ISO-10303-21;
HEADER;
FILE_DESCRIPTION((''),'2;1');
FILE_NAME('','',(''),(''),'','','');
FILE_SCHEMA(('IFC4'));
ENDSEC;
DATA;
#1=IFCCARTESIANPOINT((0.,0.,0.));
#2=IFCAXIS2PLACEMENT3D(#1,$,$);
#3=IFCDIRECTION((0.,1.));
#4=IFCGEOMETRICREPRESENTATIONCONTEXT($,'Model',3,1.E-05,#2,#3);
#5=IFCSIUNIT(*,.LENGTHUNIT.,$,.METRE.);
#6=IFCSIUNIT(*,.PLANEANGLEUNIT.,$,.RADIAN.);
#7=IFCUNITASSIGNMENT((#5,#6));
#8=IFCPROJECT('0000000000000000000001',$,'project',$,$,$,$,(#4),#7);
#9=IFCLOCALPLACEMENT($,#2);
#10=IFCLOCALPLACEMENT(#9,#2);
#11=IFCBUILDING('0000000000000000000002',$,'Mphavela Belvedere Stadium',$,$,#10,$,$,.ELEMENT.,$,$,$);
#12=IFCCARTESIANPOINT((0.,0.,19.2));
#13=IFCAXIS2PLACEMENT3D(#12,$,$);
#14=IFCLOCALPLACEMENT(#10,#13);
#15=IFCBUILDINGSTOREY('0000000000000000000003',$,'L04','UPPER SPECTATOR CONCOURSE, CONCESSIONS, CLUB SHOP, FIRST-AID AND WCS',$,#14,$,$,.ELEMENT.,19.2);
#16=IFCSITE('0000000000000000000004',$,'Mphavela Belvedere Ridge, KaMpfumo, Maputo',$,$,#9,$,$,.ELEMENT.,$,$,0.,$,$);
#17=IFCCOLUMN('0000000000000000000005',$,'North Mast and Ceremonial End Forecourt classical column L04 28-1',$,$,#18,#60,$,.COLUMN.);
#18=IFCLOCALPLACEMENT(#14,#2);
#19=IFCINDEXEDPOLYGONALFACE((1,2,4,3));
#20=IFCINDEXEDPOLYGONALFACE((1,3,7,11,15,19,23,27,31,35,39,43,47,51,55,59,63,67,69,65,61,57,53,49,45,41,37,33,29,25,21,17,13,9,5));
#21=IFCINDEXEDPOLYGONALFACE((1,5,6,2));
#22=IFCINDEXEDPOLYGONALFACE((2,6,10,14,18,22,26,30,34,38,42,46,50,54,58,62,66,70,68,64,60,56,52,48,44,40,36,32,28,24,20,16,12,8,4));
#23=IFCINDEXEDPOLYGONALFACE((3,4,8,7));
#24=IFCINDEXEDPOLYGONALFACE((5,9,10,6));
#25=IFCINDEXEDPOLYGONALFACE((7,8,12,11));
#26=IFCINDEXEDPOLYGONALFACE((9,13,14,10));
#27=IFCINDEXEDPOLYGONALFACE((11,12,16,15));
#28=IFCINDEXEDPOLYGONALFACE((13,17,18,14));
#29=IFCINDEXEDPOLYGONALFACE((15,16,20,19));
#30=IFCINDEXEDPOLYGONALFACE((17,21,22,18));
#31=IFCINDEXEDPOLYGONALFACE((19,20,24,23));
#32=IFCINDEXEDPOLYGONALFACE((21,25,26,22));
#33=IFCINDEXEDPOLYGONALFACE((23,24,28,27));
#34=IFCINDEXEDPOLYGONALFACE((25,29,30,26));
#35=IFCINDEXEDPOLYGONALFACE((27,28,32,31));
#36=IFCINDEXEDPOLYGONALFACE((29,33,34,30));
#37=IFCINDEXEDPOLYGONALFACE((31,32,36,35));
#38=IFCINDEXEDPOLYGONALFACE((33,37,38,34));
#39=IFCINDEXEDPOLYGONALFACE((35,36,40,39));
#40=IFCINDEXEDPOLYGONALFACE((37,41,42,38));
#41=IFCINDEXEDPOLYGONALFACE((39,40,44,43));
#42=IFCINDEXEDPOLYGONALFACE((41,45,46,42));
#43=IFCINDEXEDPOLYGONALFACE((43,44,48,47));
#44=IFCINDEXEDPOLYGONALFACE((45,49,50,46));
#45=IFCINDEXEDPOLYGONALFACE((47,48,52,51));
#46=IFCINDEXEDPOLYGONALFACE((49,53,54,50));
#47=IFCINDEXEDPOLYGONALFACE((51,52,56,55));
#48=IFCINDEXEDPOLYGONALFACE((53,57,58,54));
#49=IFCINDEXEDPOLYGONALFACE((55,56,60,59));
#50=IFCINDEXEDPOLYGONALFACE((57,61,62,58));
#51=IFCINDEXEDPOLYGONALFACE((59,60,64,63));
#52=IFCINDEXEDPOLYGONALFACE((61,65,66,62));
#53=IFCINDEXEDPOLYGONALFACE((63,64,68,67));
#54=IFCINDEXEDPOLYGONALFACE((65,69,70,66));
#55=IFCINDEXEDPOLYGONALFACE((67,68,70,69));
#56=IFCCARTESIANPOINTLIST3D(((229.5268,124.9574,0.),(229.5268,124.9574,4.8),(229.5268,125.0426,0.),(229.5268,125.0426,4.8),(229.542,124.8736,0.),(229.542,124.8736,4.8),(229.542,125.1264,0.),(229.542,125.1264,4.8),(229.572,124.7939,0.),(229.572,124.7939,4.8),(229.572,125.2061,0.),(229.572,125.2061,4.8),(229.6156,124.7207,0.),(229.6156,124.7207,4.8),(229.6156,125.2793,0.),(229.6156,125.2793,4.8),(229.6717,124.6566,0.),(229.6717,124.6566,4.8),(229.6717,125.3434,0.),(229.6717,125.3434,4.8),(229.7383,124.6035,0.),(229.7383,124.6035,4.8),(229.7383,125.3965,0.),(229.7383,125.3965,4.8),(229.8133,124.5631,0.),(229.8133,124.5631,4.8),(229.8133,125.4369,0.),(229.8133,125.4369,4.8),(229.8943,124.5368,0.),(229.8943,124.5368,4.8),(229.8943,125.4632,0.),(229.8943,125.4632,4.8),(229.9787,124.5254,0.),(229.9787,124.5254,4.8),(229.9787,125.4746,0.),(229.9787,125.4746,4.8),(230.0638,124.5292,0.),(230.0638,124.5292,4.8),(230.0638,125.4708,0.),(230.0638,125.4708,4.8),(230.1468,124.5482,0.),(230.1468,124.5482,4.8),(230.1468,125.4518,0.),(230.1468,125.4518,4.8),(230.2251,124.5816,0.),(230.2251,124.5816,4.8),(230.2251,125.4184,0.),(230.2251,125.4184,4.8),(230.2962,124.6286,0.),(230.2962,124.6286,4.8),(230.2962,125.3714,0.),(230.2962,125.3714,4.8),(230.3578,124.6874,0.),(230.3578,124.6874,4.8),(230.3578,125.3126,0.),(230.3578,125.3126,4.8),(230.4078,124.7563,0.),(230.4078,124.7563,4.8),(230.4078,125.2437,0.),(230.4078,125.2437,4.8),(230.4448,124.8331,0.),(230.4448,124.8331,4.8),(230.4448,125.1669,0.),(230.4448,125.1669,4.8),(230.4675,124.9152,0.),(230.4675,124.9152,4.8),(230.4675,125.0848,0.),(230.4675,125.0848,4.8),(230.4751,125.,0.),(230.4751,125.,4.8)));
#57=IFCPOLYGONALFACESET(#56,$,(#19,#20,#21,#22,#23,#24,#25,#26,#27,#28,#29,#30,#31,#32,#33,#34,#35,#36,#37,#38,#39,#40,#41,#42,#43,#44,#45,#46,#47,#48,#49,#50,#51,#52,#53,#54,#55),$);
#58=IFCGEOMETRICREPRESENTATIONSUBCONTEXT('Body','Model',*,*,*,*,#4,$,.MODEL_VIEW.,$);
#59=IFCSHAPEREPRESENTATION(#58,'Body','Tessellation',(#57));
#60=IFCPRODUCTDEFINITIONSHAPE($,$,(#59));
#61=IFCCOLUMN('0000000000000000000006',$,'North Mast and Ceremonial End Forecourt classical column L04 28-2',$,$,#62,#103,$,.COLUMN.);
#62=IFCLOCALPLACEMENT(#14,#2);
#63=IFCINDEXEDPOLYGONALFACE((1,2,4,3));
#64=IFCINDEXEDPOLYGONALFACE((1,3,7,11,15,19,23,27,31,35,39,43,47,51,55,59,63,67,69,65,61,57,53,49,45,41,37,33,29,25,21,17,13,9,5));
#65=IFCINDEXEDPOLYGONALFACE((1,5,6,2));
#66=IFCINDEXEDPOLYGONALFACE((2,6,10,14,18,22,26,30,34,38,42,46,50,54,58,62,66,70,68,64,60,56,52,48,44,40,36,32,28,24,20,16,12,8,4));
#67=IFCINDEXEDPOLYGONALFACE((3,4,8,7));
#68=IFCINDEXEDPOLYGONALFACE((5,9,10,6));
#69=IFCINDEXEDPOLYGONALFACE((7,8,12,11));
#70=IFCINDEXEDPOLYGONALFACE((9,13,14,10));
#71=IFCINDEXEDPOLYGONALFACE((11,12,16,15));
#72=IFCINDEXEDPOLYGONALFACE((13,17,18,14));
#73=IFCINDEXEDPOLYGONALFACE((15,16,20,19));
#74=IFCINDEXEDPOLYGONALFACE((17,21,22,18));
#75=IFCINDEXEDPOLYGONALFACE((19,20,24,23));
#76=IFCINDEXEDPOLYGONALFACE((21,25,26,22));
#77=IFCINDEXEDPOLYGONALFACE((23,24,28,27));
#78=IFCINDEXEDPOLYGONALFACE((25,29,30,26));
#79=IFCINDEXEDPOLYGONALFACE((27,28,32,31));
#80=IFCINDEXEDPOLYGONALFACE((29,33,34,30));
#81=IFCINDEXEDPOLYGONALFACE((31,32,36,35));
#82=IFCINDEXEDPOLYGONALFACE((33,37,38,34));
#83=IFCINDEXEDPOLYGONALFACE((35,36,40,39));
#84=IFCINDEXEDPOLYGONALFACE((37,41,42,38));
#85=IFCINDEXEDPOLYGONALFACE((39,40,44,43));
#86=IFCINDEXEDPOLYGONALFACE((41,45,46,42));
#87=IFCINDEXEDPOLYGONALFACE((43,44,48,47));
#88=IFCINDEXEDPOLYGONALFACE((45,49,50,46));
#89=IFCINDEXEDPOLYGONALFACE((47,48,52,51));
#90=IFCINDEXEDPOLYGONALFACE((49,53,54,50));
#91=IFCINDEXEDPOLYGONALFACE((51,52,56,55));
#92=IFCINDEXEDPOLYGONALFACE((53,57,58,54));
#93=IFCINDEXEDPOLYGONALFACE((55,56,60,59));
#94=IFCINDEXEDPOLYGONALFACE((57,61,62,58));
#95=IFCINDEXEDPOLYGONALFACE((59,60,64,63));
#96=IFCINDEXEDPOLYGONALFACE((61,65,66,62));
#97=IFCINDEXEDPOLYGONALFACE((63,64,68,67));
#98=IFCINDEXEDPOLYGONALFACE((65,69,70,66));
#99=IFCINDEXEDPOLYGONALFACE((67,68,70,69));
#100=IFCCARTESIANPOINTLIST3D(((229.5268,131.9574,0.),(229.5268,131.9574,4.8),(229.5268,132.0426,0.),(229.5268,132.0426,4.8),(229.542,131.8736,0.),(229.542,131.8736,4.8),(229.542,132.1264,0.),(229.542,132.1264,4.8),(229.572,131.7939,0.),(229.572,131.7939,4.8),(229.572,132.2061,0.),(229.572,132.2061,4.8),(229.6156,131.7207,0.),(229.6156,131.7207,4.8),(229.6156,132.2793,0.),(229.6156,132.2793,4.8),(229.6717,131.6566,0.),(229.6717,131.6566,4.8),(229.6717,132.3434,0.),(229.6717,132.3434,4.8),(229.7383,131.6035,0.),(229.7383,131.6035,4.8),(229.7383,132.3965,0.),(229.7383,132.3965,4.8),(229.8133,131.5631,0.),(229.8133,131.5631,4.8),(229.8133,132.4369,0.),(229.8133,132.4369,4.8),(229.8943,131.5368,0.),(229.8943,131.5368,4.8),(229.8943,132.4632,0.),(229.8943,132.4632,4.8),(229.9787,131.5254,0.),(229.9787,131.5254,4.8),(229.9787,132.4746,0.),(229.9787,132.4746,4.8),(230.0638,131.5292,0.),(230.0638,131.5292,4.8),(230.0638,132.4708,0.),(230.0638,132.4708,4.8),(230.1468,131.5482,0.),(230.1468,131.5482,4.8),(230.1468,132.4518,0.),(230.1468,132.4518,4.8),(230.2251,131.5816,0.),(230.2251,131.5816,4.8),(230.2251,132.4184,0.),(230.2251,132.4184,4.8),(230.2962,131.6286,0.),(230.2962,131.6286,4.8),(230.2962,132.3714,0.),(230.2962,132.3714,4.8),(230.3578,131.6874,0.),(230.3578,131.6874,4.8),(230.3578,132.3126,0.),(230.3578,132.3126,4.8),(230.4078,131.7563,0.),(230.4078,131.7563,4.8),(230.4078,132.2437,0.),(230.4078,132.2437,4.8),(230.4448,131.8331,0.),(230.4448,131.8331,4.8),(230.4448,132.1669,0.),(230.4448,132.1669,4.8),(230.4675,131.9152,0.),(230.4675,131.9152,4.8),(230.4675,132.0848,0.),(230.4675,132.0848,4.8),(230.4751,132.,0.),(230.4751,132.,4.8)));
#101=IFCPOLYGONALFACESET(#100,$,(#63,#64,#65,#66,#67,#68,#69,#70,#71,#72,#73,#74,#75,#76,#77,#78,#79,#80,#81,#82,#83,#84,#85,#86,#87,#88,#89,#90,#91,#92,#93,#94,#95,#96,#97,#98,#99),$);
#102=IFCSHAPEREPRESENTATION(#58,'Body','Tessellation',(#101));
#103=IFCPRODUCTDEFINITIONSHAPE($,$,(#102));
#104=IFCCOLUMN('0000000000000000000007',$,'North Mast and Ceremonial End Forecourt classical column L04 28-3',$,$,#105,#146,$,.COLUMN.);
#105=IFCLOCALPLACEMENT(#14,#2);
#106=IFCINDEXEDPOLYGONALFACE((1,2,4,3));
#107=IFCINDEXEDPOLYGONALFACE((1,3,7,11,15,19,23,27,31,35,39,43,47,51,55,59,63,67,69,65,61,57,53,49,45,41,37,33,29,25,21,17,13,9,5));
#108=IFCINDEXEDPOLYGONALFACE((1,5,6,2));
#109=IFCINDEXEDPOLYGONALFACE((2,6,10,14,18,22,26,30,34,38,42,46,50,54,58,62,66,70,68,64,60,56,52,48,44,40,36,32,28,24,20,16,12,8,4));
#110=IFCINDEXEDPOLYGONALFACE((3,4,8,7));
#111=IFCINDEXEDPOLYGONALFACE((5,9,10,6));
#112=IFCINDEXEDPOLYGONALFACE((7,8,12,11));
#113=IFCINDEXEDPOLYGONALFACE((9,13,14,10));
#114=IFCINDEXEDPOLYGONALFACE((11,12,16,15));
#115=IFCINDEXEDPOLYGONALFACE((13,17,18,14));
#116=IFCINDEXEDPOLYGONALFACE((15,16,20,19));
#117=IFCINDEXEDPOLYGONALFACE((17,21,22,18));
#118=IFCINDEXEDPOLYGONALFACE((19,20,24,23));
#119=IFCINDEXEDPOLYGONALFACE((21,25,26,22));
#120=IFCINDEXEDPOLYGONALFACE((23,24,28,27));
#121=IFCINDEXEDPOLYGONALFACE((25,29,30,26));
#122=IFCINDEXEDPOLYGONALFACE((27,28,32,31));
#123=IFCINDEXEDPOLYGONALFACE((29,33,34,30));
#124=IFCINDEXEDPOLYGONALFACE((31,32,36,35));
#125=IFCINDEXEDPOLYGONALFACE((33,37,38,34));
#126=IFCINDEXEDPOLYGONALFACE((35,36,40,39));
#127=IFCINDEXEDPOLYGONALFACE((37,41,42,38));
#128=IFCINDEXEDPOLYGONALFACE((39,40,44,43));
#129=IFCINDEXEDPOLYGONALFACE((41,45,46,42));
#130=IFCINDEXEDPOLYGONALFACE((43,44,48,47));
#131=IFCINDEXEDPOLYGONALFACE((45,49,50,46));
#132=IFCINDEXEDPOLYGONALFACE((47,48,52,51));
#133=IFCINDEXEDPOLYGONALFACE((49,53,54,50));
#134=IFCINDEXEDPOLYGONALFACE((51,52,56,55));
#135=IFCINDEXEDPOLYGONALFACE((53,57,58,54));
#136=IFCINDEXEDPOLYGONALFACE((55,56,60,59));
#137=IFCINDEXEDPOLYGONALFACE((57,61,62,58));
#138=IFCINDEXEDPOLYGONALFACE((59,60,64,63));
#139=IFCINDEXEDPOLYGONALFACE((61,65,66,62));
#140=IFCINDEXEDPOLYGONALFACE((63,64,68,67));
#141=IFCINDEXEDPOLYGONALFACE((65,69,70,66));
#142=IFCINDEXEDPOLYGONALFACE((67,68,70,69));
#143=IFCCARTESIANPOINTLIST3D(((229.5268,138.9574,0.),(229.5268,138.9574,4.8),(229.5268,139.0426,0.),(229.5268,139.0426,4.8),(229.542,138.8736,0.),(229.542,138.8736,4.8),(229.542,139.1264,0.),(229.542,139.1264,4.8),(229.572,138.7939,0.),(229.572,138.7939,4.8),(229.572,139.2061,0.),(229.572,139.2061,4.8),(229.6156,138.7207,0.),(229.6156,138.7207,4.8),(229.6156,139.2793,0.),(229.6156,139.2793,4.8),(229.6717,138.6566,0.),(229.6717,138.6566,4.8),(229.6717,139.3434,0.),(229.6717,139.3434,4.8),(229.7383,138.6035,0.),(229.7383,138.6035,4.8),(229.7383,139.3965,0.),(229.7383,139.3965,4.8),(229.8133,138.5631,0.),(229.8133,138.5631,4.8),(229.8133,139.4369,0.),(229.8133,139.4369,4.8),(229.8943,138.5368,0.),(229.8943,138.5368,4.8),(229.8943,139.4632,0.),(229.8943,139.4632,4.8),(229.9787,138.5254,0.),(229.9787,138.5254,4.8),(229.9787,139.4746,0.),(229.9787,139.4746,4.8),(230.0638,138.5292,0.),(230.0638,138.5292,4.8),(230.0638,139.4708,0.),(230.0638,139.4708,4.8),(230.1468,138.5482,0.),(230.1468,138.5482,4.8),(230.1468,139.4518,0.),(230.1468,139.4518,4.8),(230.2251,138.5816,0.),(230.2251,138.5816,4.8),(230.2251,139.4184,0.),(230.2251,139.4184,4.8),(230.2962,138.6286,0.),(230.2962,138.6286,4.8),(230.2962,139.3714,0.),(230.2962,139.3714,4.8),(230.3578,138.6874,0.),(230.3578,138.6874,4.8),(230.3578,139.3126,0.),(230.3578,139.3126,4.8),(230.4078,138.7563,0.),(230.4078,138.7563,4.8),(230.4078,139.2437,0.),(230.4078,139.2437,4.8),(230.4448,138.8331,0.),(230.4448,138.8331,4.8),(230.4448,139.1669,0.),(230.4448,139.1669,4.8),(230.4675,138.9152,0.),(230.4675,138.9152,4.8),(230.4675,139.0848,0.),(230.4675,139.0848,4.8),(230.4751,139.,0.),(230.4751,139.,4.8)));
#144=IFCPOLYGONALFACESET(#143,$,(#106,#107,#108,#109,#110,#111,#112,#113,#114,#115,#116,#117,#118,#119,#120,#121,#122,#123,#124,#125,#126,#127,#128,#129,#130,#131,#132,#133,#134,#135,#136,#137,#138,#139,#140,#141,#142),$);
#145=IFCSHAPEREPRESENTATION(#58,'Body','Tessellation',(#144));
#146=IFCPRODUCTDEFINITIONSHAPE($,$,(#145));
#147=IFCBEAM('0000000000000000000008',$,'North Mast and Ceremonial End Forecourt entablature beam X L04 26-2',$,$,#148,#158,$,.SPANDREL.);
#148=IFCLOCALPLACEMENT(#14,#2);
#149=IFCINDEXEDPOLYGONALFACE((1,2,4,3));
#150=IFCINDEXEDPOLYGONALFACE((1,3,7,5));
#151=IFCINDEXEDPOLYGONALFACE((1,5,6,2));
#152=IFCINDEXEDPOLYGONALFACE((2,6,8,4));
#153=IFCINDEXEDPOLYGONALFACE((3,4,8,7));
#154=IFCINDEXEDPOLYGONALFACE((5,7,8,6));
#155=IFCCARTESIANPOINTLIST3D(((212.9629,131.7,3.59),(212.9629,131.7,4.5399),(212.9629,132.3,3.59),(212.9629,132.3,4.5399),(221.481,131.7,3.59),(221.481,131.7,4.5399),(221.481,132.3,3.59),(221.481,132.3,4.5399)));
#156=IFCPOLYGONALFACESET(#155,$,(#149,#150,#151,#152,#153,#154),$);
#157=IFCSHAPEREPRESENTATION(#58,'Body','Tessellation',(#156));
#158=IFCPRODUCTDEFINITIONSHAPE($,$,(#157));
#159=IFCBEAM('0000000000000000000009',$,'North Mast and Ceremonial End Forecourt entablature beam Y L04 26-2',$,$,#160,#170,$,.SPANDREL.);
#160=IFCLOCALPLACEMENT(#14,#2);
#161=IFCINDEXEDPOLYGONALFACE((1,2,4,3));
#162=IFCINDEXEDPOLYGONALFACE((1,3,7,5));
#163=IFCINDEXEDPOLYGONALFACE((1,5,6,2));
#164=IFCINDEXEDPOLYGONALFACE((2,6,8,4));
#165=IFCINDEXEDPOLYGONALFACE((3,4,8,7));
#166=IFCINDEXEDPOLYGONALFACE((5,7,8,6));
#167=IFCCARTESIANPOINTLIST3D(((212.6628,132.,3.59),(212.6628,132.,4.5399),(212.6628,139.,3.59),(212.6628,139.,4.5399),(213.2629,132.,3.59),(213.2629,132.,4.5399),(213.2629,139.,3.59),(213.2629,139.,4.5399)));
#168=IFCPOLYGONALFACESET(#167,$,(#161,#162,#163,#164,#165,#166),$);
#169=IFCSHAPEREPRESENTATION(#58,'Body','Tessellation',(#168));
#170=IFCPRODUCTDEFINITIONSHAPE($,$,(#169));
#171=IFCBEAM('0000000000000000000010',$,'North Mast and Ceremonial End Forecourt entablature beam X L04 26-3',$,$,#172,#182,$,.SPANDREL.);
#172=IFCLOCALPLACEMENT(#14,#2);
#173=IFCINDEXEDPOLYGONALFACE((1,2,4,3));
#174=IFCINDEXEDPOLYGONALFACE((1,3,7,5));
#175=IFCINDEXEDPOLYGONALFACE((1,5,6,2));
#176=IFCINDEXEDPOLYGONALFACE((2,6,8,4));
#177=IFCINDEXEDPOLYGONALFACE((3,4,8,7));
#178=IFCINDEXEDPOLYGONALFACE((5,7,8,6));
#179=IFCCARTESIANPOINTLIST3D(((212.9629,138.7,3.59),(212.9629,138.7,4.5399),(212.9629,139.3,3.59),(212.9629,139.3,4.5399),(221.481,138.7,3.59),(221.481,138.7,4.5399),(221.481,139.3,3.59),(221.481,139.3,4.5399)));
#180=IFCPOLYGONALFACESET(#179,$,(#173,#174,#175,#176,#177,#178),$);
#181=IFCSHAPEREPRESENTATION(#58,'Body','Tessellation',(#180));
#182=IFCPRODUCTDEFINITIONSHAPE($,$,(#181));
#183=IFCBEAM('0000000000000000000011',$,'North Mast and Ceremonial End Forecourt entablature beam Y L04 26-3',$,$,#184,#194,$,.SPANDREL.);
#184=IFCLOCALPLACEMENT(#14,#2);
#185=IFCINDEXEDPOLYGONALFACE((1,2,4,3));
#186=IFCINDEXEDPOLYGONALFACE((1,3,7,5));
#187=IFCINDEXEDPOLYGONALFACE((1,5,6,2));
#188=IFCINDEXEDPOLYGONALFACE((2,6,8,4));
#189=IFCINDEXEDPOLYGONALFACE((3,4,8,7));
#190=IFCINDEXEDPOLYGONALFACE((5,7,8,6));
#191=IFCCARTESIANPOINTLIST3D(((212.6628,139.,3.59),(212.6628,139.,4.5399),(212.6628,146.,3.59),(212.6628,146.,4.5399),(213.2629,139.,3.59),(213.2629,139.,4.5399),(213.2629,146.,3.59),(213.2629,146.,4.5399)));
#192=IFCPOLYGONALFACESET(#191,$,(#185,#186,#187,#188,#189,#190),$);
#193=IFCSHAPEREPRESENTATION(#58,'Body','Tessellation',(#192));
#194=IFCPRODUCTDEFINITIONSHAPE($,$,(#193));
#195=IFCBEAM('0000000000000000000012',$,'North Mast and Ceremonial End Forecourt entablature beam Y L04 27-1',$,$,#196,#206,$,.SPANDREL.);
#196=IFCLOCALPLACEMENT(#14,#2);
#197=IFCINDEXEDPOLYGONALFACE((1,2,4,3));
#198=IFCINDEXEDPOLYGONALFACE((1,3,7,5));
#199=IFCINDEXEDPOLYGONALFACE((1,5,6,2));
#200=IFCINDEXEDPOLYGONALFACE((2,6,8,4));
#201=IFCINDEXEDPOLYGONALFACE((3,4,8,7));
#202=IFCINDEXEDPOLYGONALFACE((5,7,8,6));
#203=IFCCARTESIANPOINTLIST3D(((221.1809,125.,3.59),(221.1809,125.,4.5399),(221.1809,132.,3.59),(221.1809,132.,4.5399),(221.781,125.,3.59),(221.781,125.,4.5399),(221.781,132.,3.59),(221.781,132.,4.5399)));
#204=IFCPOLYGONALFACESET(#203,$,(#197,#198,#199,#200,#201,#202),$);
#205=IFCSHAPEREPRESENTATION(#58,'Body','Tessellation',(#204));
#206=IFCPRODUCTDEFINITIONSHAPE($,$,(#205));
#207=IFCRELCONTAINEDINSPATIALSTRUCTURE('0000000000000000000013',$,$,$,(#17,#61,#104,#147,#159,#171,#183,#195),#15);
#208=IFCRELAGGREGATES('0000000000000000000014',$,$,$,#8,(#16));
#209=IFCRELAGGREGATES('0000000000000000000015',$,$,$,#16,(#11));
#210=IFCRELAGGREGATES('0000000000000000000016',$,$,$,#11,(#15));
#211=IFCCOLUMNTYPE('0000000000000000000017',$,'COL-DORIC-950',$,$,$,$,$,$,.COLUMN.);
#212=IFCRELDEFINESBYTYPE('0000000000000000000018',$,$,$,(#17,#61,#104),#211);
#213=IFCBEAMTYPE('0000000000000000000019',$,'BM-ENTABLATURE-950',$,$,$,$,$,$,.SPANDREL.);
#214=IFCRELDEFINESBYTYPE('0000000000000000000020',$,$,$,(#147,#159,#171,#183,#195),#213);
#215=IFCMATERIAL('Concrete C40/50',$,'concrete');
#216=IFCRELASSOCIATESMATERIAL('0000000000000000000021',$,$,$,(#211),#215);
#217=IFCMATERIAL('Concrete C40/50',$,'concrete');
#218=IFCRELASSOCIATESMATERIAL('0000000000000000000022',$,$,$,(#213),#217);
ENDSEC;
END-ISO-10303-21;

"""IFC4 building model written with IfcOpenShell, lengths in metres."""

from ifc_helpers import new_model, si_unit, direction, frame, origin, origin_2d, place, context, subcontext, project, spatial, rectangle, circle, extrude, material, material_profile, profile_set, type_object, element, save


model = new_model("IFC4")

# Units and contexts
model_context = context("Model", 3, precision=1e-05, world=origin(), true_north=direction((0.0, 1.0)))
body_context = subcontext(model_context, "Body", "Model", "MODEL_VIEW")
ifc_project = project(units=[si_unit("LENGTHUNIT", "METRE"), si_unit("PLANEANGLEUNIT", "RADIAN")], contexts=[model_context])

# Site, building, storey
site_placement = place(None, origin())
site = spatial("IfcSite", under=ifc_project, at=site_placement, Name="Mphavela Belvedere Ridge, KaMpfumo, Maputo", CompositionType="ELEMENT", RefElevation=0.0)
building_placement = place(site_placement, origin())
building = spatial("IfcBuilding", under=site, at=building_placement, Name="Mphavela Belvedere Stadium", CompositionType="ELEMENT")
storey_placement = place(building_placement, frame((0.0, 0.0, 19.2)))
storey = spatial("IfcBuildingStorey", under=building, at=storey_placement, Name="L04", Description="UPPER SPECTATOR CONCOURSE, CONCESSIONS, CLUB SHOP, FIRST-AID AND WCS", CompositionType="ELEMENT", Elevation=19.2)

# Columns
ifc_material_1 = material(Name="Concrete C40/50", Category="concrete")
ifc_material_profile_1 = material_profile(ifc_material_1, circle(Radius=0.4751, at=origin_2d()), Name="COL D950")
ifc_profile_set_1 = profile_set([ifc_material_profile_1], Name="Concrete C40/50")
column_type = type_object("IfcColumnType", Name="COL-DORIC-950", PredefinedType="COLUMN", material=ifc_profile_set_1)
for number, where, z_axis, x_axis, name in (
    (1, (230.0, 125.0, 0.0), (0.0, 0.0, 1.0), (1.0, 0.0, 0.0), "North Mast and Ceremonial End Forecourt classical column L04 28-1"),
    (2, (230.0, 132.0, 0.0), (0.0, 0.0, 1.0), (1.0, 0.0, 0.0), "North Mast and Ceremonial End Forecourt classical column L04 28-2"),
    (3, (230.0, 139.0, 0.0), (0.0, 0.0, 1.0), (1.0, 0.0, 0.0), "North Mast and Ceremonial End Forecourt classical column L04 28-3"),
):
    element("IfcColumn", number, at=place(storey_placement, frame(where, z_axis=z_axis, x_axis=x_axis)), inside=storey, type_object=column_type, Name=name, PredefinedType="COLUMN", context=body_context, shape_type="SweptSolid", body=[
        extrude(circle(Radius=0.4751, at=origin_2d()), origin(), (0.0, 0.0, 1.0), 4.8),
    ])

# Beams
ifc_material_2 = material(Name="Concrete C40/50", Category="concrete")
ifc_material_profile_2 = material_profile(ifc_material_2, rectangle(XDim=0.6001, YDim=0.95, at=origin_2d()), Name="RC 600x950")
ifc_profile_set_2 = profile_set([ifc_material_profile_2], Name="Concrete C40/50")
beam_type_1 = type_object("IfcBeamType", Name="BM-ENTABLATURE-950", PredefinedType="SPANDREL", material=ifc_profile_set_2)
beam_1_placement = place(storey_placement, frame((212.9629, 132.0, 4.0649), z_axis=(1.0, 0.0, 0.0), x_axis=(0.0, 1.0, 0.0)))
element("IfcBeam", 4, at=beam_1_placement, inside=storey, type_object=beam_type_1, Name="North Mast and Ceremonial End Forecourt entablature beam X L04 26-2", PredefinedType="SPANDREL", context=body_context, shape_type="SweptSolid", body=[
    extrude(rectangle(XDim=0.6001, YDim=0.95, at=origin_2d()), origin(), (0.0, 0.0, 1.0), 8.5181),
])
beam_2_placement = place(storey_placement, frame((212.9629, 132.0, 4.0649), z_axis=(0.0, 1.0, 0.0), x_axis=(-1.0, 0.0, 0.0)))
element("IfcBeam", 5, at=beam_2_placement, inside=storey, type_object=beam_type_1, Name="North Mast and Ceremonial End Forecourt entablature beam Y L04 26-2", PredefinedType="SPANDREL", context=body_context, shape_type="SweptSolid", body=[
    extrude(rectangle(XDim=0.6001, YDim=0.95, at=origin_2d()), origin(), (0.0, 0.0, 1.0), 7.0),
])
beam_3_placement = place(storey_placement, frame((212.9629, 139.0, 4.0649), z_axis=(1.0, 0.0, 0.0), x_axis=(0.0, 1.0, 0.0)))
element("IfcBeam", 6, at=beam_3_placement, inside=storey, type_object=beam_type_1, Name="North Mast and Ceremonial End Forecourt entablature beam X L04 26-3", PredefinedType="SPANDREL", context=body_context, shape_type="SweptSolid", body=[
    extrude(rectangle(XDim=0.6001, YDim=0.95, at=origin_2d()), origin(), (0.0, 0.0, 1.0), 8.5181),
])
for number, where, z_axis, x_axis, name in (
    (7, (212.9629, 139.0, 4.0649), (0.0, 1.0, 0.0), (-1.0, 0.0, 0.0), "North Mast and Ceremonial End Forecourt entablature beam Y L04 26-3"),
    (8, (221.481, 125.0, 4.0649), (0.0, 1.0, 0.0), (-1.0, 0.0, 0.0), "North Mast and Ceremonial End Forecourt entablature beam Y L04 27-1"),
):
    element("IfcBeam", number, at=place(storey_placement, frame(where, z_axis=z_axis, x_axis=x_axis)), inside=storey, type_object=beam_type_1, Name=name, PredefinedType="SPANDREL", context=body_context, shape_type="SweptSolid", body=[
        extrude(rectangle(XDim=0.6001, YDim=0.95, at=origin_2d()), origin(), (0.0, 0.0, 1.0), 7.0),
    ])

save(model, "model.ifc")
